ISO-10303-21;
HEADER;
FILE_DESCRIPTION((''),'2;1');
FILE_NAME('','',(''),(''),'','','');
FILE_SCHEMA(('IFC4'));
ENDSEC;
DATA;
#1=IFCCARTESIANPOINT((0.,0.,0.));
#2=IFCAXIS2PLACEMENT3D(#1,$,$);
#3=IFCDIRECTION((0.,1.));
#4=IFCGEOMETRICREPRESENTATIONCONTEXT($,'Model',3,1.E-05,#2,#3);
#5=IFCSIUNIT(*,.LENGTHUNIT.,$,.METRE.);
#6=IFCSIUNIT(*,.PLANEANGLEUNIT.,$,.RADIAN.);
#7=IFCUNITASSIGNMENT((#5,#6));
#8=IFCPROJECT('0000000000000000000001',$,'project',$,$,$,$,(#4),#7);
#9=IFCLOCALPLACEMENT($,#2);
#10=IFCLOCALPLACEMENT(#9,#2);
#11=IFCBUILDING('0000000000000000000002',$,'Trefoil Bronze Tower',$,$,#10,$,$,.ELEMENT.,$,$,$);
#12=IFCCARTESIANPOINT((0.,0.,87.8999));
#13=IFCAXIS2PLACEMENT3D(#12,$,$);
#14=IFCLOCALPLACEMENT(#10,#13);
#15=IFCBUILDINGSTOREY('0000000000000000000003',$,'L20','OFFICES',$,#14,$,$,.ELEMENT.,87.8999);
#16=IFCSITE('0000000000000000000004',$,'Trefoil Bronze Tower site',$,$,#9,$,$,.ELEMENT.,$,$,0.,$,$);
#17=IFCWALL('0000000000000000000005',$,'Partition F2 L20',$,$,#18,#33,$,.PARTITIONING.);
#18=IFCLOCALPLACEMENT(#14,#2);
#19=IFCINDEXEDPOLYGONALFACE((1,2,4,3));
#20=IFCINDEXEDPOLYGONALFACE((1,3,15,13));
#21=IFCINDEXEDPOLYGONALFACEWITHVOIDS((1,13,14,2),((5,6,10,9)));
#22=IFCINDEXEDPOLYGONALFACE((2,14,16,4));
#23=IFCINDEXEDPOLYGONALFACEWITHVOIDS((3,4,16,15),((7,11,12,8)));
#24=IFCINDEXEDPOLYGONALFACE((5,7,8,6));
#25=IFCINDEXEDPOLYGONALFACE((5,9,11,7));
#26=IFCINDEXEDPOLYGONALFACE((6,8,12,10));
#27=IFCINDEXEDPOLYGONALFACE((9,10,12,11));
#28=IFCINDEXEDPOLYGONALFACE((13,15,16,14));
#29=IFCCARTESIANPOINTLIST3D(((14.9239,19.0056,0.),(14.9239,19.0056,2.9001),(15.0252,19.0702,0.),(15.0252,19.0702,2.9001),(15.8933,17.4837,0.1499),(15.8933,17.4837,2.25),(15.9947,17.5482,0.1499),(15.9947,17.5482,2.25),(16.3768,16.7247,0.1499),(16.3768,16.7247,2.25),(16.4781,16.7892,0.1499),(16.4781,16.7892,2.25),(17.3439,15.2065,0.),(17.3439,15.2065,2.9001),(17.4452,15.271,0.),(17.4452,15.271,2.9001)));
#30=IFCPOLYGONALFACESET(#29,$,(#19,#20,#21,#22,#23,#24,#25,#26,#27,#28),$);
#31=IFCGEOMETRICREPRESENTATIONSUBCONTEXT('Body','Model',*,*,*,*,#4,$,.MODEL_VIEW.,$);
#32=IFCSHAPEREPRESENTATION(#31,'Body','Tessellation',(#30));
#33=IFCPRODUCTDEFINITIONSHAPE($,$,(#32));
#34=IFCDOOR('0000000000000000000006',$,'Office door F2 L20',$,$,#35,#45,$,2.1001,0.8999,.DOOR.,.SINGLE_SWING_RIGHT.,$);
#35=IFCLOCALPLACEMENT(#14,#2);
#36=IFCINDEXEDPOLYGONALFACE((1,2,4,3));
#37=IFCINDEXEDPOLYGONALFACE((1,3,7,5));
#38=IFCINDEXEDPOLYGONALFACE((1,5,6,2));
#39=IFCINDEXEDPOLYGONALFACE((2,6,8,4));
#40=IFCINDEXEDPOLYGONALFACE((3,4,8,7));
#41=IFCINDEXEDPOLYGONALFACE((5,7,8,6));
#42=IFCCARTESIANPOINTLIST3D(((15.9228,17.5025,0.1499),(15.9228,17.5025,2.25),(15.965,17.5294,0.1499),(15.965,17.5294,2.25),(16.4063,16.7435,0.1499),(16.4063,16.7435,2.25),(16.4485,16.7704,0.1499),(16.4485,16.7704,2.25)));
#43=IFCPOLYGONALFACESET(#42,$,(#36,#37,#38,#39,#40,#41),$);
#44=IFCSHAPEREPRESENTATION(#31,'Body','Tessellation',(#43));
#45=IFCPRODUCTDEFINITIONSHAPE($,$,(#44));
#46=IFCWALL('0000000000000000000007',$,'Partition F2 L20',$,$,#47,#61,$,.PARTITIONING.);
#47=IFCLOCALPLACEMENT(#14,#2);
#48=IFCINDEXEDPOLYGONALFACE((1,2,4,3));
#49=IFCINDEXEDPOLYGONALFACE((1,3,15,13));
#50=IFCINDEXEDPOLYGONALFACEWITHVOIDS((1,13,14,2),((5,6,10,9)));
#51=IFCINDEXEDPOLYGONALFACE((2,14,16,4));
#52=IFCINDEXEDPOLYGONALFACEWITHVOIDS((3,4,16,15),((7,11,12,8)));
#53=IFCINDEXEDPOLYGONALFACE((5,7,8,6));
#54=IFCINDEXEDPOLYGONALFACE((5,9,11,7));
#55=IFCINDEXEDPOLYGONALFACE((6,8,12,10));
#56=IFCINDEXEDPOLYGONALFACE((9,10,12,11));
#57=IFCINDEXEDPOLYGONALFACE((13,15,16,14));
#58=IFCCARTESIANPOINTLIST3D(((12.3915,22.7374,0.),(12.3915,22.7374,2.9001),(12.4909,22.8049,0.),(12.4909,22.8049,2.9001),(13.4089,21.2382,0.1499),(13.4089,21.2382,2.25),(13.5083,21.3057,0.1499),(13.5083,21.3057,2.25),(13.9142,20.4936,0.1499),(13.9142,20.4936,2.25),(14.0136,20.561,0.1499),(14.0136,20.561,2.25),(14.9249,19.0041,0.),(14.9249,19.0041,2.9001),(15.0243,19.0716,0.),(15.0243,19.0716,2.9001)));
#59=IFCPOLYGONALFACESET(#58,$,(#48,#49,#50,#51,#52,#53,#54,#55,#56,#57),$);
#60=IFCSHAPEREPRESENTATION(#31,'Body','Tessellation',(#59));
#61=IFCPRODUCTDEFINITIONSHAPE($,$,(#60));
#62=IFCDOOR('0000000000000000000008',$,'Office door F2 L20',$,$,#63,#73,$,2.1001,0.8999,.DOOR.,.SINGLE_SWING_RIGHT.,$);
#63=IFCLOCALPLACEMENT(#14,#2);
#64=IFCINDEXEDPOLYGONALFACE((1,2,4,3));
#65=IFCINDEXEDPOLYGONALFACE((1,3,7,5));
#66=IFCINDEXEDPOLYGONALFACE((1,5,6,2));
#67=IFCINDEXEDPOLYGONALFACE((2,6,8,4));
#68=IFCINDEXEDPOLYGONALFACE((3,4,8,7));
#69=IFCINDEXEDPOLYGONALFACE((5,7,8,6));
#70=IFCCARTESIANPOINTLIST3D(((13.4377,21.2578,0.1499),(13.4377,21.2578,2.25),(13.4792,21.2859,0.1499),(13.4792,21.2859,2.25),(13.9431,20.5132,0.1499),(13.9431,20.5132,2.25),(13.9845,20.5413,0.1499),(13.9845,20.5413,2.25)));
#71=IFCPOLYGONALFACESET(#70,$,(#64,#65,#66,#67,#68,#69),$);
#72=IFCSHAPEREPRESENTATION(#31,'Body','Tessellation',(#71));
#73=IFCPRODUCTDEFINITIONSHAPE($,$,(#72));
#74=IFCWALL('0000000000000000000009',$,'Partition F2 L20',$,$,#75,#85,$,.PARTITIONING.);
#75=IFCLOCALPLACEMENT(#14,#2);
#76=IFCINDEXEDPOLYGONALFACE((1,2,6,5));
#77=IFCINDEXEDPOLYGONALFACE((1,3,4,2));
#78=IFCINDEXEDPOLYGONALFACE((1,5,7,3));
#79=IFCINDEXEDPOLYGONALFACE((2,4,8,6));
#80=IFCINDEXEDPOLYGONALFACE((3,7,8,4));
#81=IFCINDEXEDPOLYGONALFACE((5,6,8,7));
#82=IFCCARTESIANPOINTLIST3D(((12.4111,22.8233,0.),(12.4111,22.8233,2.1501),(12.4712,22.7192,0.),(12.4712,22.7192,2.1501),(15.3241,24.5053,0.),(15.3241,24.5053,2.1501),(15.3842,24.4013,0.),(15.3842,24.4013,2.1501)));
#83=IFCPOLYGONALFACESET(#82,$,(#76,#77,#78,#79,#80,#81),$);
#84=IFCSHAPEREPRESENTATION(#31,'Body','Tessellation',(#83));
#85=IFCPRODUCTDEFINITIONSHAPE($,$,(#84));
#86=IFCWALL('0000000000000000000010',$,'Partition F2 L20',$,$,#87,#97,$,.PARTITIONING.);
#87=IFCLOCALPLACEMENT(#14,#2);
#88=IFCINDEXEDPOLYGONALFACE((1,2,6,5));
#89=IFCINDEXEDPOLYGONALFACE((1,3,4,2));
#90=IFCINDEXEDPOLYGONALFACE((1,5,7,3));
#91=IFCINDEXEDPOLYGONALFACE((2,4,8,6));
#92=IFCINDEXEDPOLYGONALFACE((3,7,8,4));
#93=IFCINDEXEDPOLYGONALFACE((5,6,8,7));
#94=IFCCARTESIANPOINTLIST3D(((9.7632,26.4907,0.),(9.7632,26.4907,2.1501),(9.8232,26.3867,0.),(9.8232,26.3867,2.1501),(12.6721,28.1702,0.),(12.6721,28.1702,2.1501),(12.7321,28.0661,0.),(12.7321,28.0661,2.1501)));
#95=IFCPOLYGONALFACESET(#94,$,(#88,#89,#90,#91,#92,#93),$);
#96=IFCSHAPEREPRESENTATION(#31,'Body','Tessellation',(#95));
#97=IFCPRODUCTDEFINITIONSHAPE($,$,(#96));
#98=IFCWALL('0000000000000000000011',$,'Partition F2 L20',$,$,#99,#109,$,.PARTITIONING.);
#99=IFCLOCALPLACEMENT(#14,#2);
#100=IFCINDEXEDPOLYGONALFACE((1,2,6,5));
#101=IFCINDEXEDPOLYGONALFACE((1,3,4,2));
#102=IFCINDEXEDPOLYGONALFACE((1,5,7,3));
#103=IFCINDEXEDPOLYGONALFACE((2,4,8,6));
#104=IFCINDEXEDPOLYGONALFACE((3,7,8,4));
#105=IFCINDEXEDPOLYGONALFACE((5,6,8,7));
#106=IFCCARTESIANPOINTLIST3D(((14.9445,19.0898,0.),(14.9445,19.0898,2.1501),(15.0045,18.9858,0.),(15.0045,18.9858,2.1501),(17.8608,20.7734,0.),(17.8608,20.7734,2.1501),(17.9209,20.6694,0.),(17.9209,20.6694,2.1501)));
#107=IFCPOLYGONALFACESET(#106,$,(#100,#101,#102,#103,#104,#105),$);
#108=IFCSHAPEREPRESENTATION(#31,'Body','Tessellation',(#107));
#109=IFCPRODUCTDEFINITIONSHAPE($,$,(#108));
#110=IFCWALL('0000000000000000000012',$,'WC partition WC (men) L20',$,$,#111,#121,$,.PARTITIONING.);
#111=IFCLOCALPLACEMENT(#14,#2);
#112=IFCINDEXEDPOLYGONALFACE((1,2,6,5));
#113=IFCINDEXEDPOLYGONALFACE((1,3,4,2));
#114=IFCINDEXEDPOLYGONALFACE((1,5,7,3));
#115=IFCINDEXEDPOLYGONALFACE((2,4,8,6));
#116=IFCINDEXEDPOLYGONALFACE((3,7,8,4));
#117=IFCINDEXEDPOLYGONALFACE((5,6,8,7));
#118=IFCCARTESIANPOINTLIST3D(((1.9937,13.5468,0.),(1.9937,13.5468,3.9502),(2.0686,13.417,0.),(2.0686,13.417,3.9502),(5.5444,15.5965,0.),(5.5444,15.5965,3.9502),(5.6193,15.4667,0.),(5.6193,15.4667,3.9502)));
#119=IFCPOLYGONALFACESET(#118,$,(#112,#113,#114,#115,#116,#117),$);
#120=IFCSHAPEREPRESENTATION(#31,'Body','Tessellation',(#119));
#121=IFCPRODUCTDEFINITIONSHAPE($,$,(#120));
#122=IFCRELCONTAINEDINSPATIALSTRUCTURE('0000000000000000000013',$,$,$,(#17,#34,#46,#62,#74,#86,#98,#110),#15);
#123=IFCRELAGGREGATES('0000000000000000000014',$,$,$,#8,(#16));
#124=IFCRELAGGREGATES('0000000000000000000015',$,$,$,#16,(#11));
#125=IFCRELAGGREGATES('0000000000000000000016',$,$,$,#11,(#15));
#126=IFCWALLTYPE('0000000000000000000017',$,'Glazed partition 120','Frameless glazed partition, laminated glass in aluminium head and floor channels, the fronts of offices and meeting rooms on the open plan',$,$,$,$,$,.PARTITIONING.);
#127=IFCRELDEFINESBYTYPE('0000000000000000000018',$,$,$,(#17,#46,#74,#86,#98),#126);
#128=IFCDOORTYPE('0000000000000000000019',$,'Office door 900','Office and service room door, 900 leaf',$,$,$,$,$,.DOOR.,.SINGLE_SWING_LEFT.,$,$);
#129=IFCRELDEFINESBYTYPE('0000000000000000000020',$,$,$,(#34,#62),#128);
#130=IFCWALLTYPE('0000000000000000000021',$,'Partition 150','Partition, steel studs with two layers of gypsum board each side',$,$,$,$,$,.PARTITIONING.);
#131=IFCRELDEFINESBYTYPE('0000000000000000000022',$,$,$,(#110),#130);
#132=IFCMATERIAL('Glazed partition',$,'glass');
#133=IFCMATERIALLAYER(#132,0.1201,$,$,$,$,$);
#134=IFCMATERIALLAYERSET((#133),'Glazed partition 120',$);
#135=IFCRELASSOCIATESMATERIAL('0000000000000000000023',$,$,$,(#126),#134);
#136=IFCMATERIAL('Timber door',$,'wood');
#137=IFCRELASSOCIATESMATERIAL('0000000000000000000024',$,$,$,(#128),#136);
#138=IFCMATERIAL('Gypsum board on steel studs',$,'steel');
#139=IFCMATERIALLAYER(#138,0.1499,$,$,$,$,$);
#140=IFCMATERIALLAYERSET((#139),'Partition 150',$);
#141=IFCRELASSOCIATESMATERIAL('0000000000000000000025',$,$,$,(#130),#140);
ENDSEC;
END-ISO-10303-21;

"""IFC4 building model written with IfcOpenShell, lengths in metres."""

from ifc_helpers import new_model, si_unit, direction, frame, frame_2d, origin, place, context, subcontext, project, spatial, rectangle, extrude, material, layer, layer_set, type_object, element, fill, save


model = new_model("IFC4")

# Units and contexts
model_context = context("Model", 3, precision=1e-05, world=origin(), true_north=direction((0.0, 1.0)))
body_context = subcontext(model_context, "Body", "Model", "MODEL_VIEW")
ifc_project = project(units=[si_unit("LENGTHUNIT", "METRE"), si_unit("PLANEANGLEUNIT", "RADIAN")], contexts=[model_context])

# Site, building, storey
site_placement = place(None, origin())
site = spatial("IfcSite", under=ifc_project, at=site_placement, Name="Trefoil Bronze Tower site", CompositionType="ELEMENT", RefElevation=0.0)
building_placement = place(site_placement, origin())
building = spatial("IfcBuilding", under=site, at=building_placement, Name="Trefoil Bronze Tower", CompositionType="ELEMENT")
storey_placement = place(building_placement, frame((0.0, 0.0, 87.8999)))
storey = spatial("IfcBuildingStorey", under=building, at=storey_placement, Name="L20", Description="OFFICES", CompositionType="ELEMENT", Elevation=87.8999)

# Shared definitions
ifc_material_1 = material(Name="Glazed partition", Category="glass")
ifc_layer_1 = layer(ifc_material_1, 0.1201)
ifc_layer_set_1 = layer_set([ifc_layer_1], Name="Glazed partition 120")
wall_type_1 = type_object("IfcWallType", Name="Glazed partition 120", Description="Frameless glazed partition, laminated glass in aluminium head and floor channels, the fronts of offices and meeting rooms on the open plan", PredefinedType="PARTITIONING", material=ifc_layer_set_1)

# Walls, openings, doors
ifc_material_2 = material(Name="Timber door", Category="wood")
door_type = type_object("IfcDoorType", Name="Office door 900", Description="Office and service room door, 900 leaf", OperationType="SINGLE_SWING_LEFT", PredefinedType="DOOR", material=ifc_material_2)
wall_1_placement = place(storey_placement, frame((17.3945, 15.2388, 0.0), z_axis=(0.0, 0.0, 1.0), x_axis=(-0.537244, 0.843427, 0.0)))
wall_1 = element("IfcWall", 1, at=wall_1_placement, inside=storey, type_object=wall_type_1, Name="Partition F2 L20", PredefinedType="PARTITIONING", context=body_context, shape_type="SweptSolid", body=[
    extrude(rectangle(XDim=4.5044, YDim=0.1201, at=frame_2d((2.2522, 0.0))), origin(), (0.0, 0.0, 1.0), 2.9001),
])
opening_1_placement = place(wall_1_placement, frame((1.8, 0.0, 0.1499)))
opening_1 = element("IfcOpeningElement", 2, at=opening_1_placement, cuts=wall_1, PredefinedType="OPENING", context=body_context, shape_type="SweptSolid", body=[
    extrude(rectangle(XDim=0.8999, YDim=2.1001, at=frame_2d((0.45, 1.05))), frame((0.0, 0.0701, 0.0), z_axis=(0.0, -1.0, 0.0), x_axis=(1.0, 0.0, 0.0)), (0.0, 0.0, 1.0), 0.1401),
])
door_1_placement = place(opening_1_placement, frame((0.8999, 0.0, 0.0), z_axis=(0.0, 0.0, 1.0), x_axis=(-1.0, 0.0, 0.0)))
door_1 = element("IfcDoor", 3, at=door_1_placement, inside=storey, type_object=door_type, Name="Office door F2 L20", OperationType="SINGLE_SWING_RIGHT", OverallHeight=2.1001, OverallWidth=0.8999, PredefinedType="DOOR", context=body_context, shape_type="SweptSolid", body=[
    extrude(rectangle(XDim=0.8999, YDim=2.1001, at=frame_2d((0.45, 1.05))), frame((0.0, 0.0249, 0.0), z_axis=(0.0, -1.0, 0.0), x_axis=(1.0, 0.0, 0.0)), (0.0, 0.0, 1.0), 0.05),
])
fill(opening_1, door_1)
wall_2_placement = place(storey_placement, frame((14.9746, 19.0378, 0.0), z_axis=(0.0, 0.0, 1.0), x_axis=(-0.561512, 0.827469, 0.0)))
wall_2 = element("IfcWall", 4, at=wall_2_placement, inside=storey, type_object=wall_type_1, Name="Partition F2 L20", PredefinedType="PARTITIONING", context=body_context, shape_type="SweptSolid", body=[
    extrude(rectangle(XDim=4.5117, YDim=0.1201, at=frame_2d((2.2559, 0.0))), origin(), (0.0, 0.0, 1.0), 2.9001),
])
opening_2_placement = place(wall_2_placement, frame((1.8, 0.0, 0.1499)))
opening_2 = element("IfcOpeningElement", 5, at=opening_2_placement, cuts=wall_2, PredefinedType="OPENING", context=body_context, shape_type="SweptSolid", body=[
    extrude(rectangle(XDim=0.8999, YDim=2.1001, at=frame_2d((0.45, 1.05))), frame((0.0, 0.0701, 0.0), z_axis=(0.0, -1.0, 0.0), x_axis=(1.0, 0.0, 0.0)), (0.0, 0.0, 1.0), 0.1401),
])
door_2_placement = place(opening_2_placement, frame((0.8999, 0.0, 0.0), z_axis=(0.0, 0.0, 1.0), x_axis=(-1.0, 0.0, 0.0)))
door_2 = element("IfcDoor", 6, at=door_2_placement, inside=storey, type_object=door_type, Name="Office door F2 L20", OperationType="SINGLE_SWING_RIGHT", OverallHeight=2.1001, OverallWidth=0.8999, PredefinedType="DOOR", context=body_context, shape_type="SweptSolid", body=[
    extrude(rectangle(XDim=0.8999, YDim=2.1001, at=frame_2d((0.45, 1.05))), frame((0.0, 0.0249, 0.0), z_axis=(0.0, -1.0, 0.0), x_axis=(1.0, 0.0, 0.0)), (0.0, 0.0, 1.0), 0.05),
])
fill(opening_2, door_2)

# Walls
wall_3_placement = place(storey_placement, frame((12.4412, 22.7712, 0.0), z_axis=(0.0, 0.0, 1.0), x_axis=(0.865992, 0.500058, 0.0)))
element("IfcWall", 7, at=wall_3_placement, inside=storey, type_object=wall_type_1, Name="Partition F2 L20", PredefinedType="PARTITIONING", context=body_context, shape_type="SweptSolid", body=[
    extrude(rectangle(XDim=3.3638, YDim=0.1201, at=frame_2d((1.6819, 0.0))), origin(), (0.0, 0.0, 1.0), 2.1501),
])
wall_4_placement = place(storey_placement, frame((9.7932, 26.4387, 0.0), z_axis=(0.0, 0.0, 1.0), x_axis=(0.866029, 0.499993, 0.0)))
element("IfcWall", 8, at=wall_4_placement, inside=storey, type_object=wall_type_1, Name="Partition F2 L20", PredefinedType="PARTITIONING", context=body_context, shape_type="SweptSolid", body=[
    extrude(rectangle(XDim=3.3589, YDim=0.1201, at=frame_2d((1.6794, 0.0))), origin(), (0.0, 0.0, 1.0), 2.1501),
])
wall_5_placement = place(storey_placement, frame((14.9746, 19.0378, 0.0), z_axis=(0.0, 0.0, 1.0), x_axis=(0.866039, 0.499976, 0.0)))
element("IfcWall", 9, at=wall_5_placement, inside=storey, type_object=wall_type_1, Name="Partition F2 L20", PredefinedType="PARTITIONING", context=body_context, shape_type="SweptSolid", body=[
    extrude(rectangle(XDim=3.3674, YDim=0.1201, at=frame_2d((1.6836, 0.0))), origin(), (0.0, 0.0, 1.0), 2.1501),
])
ifc_material_3 = material(Name="Gypsum board on steel studs", Category="steel")
ifc_layer_2 = layer(ifc_material_3, 0.1499)
ifc_layer_set_2 = layer_set([ifc_layer_2], Name="Partition 150")
wall_type_2 = type_object("IfcWallType", Name="Partition 150", Description="Partition, steel studs with two layers of gypsum board each side", PredefinedType="PARTITIONING", material=ifc_layer_set_2)
wall_6_placement = place(storey_placement, frame((2.0312, 13.4819, 0.0), z_axis=(0.0, 0.0, 1.0), x_axis=(0.866051, 0.499956, 0.0)))
element("IfcWall", 10, at=wall_6_placement, inside=storey, type_object=wall_type_2, Name="WC partition WC (men) L20", PredefinedType="PARTITIONING", context=body_context, shape_type="SweptSolid", body=[
    extrude(rectangle(XDim=4.0999, YDim=0.1499, at=frame_2d((2.0498, 0.0))), origin(), (0.0, 0.0, 1.0), 3.9502),
])

save(model, "model.ifc")
